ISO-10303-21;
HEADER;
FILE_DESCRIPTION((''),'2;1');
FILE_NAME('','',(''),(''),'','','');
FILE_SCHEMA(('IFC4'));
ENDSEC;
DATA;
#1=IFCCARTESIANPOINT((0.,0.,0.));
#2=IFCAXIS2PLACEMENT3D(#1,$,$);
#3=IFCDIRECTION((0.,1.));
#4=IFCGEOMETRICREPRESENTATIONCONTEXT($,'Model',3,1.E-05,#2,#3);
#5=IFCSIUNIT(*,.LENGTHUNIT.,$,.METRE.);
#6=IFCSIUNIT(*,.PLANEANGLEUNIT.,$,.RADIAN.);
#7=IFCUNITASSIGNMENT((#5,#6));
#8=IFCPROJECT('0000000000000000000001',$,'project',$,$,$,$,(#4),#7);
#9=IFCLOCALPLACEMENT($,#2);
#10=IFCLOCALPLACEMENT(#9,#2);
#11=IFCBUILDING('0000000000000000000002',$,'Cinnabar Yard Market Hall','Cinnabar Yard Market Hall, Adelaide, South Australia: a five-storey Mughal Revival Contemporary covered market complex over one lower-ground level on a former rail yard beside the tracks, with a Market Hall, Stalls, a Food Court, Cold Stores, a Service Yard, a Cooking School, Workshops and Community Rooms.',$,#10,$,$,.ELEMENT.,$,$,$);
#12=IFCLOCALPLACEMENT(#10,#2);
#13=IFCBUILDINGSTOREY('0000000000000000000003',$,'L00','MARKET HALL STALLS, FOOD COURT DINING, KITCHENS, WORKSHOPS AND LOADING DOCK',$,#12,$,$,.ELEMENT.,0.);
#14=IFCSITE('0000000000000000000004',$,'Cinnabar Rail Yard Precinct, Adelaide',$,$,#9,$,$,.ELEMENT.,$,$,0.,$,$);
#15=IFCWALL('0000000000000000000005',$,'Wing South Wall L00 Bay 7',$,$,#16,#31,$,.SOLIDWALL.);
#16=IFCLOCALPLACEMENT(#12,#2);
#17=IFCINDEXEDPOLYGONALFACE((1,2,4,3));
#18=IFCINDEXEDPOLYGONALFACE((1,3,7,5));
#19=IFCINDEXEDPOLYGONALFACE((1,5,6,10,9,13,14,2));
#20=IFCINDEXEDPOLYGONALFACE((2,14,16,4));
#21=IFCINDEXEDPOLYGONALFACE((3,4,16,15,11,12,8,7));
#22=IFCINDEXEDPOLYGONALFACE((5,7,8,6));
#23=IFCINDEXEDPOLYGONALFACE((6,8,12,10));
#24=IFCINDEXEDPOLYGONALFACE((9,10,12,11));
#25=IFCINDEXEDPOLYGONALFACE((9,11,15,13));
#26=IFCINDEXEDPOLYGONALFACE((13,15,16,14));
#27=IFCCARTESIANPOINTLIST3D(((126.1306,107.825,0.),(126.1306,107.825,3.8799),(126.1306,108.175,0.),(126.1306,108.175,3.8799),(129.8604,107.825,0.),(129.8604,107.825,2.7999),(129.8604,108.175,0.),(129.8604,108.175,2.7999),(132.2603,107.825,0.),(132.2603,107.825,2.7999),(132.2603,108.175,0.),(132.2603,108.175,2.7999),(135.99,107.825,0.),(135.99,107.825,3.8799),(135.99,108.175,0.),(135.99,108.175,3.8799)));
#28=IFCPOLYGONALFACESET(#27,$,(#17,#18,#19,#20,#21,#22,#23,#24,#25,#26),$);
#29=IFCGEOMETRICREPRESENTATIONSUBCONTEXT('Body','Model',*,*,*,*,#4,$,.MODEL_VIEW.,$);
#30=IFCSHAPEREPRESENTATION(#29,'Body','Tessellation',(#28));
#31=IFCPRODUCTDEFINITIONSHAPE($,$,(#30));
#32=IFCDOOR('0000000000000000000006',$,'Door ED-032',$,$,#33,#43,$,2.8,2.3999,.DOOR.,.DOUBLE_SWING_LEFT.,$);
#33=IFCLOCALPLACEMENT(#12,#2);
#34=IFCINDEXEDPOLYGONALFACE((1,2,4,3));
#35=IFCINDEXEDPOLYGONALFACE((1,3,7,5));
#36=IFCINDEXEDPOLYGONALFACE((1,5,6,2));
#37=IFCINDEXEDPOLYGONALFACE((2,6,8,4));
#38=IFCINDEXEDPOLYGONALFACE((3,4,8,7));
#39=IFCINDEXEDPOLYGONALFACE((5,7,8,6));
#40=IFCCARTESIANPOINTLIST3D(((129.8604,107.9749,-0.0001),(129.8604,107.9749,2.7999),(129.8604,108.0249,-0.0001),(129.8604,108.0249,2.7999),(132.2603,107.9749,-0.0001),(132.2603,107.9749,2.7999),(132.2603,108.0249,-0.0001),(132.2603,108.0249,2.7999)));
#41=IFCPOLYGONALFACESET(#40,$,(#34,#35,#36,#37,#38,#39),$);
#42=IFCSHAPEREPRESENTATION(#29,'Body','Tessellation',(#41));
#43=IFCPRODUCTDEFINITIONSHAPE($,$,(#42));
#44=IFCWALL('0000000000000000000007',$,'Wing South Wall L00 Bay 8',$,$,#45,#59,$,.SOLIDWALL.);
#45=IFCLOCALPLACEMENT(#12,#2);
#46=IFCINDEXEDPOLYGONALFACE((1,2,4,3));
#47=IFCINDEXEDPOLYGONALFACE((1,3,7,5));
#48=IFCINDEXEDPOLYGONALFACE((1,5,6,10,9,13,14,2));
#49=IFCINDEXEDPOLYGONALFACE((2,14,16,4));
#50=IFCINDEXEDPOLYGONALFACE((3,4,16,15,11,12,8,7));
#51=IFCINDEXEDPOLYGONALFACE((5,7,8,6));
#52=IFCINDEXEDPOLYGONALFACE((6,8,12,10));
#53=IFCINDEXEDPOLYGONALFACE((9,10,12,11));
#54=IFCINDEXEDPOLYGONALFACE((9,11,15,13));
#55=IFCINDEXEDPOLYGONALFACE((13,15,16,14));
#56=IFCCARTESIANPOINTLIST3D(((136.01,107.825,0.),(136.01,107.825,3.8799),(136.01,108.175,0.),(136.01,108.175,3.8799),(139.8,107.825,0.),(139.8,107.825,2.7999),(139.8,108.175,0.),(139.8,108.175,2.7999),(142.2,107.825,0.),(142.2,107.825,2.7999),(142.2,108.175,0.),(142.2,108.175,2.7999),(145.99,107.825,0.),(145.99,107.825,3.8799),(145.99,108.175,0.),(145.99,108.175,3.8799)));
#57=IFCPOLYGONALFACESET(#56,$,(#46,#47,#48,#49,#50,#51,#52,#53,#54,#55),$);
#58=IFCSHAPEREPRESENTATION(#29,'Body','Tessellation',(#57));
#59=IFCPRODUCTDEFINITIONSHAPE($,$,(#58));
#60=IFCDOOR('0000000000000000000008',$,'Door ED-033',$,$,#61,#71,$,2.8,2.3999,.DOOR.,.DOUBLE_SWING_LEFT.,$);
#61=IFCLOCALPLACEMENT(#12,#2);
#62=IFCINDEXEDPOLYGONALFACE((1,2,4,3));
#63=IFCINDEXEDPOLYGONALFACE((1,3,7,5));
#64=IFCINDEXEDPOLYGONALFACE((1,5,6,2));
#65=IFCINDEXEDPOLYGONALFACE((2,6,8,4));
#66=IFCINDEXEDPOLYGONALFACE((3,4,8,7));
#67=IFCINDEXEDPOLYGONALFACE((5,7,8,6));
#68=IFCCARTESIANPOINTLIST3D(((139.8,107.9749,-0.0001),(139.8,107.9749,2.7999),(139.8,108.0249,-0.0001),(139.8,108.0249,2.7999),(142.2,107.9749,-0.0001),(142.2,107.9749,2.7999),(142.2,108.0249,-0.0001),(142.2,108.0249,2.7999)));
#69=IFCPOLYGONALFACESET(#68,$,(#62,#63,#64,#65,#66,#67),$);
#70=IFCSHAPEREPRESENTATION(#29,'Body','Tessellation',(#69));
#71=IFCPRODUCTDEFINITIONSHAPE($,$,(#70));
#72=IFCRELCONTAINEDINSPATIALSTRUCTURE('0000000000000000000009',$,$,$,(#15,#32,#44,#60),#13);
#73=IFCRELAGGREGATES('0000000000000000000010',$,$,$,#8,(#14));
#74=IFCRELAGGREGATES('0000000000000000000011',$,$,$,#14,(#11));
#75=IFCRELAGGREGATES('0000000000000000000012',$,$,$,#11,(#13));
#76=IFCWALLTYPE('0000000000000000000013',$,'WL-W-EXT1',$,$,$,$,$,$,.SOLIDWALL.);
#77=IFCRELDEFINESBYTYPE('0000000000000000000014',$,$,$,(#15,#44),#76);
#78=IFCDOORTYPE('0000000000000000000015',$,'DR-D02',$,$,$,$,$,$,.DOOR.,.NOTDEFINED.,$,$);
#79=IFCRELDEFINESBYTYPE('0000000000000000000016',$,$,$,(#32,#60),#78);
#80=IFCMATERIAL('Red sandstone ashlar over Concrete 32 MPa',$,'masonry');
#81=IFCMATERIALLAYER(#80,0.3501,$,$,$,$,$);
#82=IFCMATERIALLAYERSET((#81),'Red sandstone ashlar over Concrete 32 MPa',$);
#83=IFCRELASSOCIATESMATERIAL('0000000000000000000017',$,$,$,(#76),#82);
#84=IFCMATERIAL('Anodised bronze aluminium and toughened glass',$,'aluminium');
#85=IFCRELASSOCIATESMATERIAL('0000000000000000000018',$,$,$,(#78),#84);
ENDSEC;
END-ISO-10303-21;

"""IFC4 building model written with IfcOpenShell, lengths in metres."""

from ifc_helpers import new_model, si_unit, direction, frame, frame_2d, origin, place, context, subcontext, project, spatial, rectangle, extrude, material, layer, layer_set, type_object, element, fill, save


model = new_model("IFC4")

# Units and contexts
model_context = context("Model", 3, precision=1e-05, world=origin(), true_north=direction((0.0, 1.0)))
body_context = subcontext(model_context, "Body", "Model", "MODEL_VIEW")
ifc_project = project(units=[si_unit("LENGTHUNIT", "METRE"), si_unit("PLANEANGLEUNIT", "RADIAN")], contexts=[model_context])

# Site, building, storey
site_placement = place(None, origin())
site = spatial("IfcSite", under=ifc_project, at=site_placement, Name="Cinnabar Rail Yard Precinct, Adelaide", CompositionType="ELEMENT", RefElevation=0.0)
building_placement = place(site_placement, origin())
building = spatial("IfcBuilding", under=site, at=building_placement, Name="Cinnabar Yard Market Hall", Description="Cinnabar Yard Market Hall, Adelaide, South Australia: a five-storey Mughal Revival Contemporary covered market complex over one lower-ground level on a former rail yard beside the tracks, with a Market Hall, Stalls, a Food Court, Cold Stores, a Service Yard, a Cooking School, Workshops and Community Rooms.", CompositionType="ELEMENT")
storey_placement = place(building_placement, origin())
storey = spatial("IfcBuildingStorey", under=building, at=storey_placement, Name="L00", Description="MARKET HALL STALLS, FOOD COURT DINING, KITCHENS, WORKSHOPS AND LOADING DOCK", CompositionType="ELEMENT", Elevation=0.0)

# Walls, openings, doors
ifc_material_1 = material(Name="Red sandstone ashlar over Concrete 32 MPa", Category="masonry")
ifc_layer = layer(ifc_material_1, 0.3501)
ifc_layer_set = layer_set([ifc_layer], Name="Red sandstone ashlar over Concrete 32 MPa")
wall_type = type_object("IfcWallType", Name="WL-W-EXT1", PredefinedType="SOLIDWALL", material=ifc_layer_set)
ifc_material_2 = material(Name="Anodised bronze aluminium and toughened glass", Category="aluminium")
door_type = type_object("IfcDoorType", Name="DR-D02", OperationType="NOTDEFINED", PredefinedType="DOOR", material=ifc_material_2)
wall_1_placement = place(storey_placement, frame((126.1306, 108.0, 0.0), z_axis=(0.0, 0.0, 1.0), x_axis=(1.0, 0.0, 0.0)))
wall_1 = element("IfcWall", 1, at=wall_1_placement, inside=storey, type_object=wall_type, Name="Wing South Wall L00 Bay 7", PredefinedType="SOLIDWALL", context=body_context, shape_type="SweptSolid", body=[
    extrude(rectangle(XDim=9.8594, YDim=0.3501, at=frame_2d((4.9297, 0.0), x_axis=(1.0, 0.0))), origin(), (0.0, 0.0, 1.0), 3.8799),
])
opening_1_placement = place(wall_1_placement, frame((3.7297, 0.0, 0.0)))
opening_1 = element("IfcOpeningElement", 2, at=opening_1_placement, cuts=wall_1, PredefinedType="OPENING", context=body_context, shape_type="SweptSolid", body=[
    extrude(rectangle(XDim=2.3999, YDim=2.8, at=frame_2d((1.2, 1.3999), x_axis=(1.0, 0.0))), frame((0.0, 0.1851, 0.0), z_axis=(0.0, -1.0, 0.0), x_axis=(1.0, 0.0, 0.0)), (0.0, 0.0, 1.0), 0.3701),
])
door_1_placement = place(opening_1_placement, origin())
door_1 = element("IfcDoor", 3, at=door_1_placement, inside=storey, type_object=door_type, Name="Door ED-032", OperationType="DOUBLE_SWING_LEFT", OverallHeight=2.8, OverallWidth=2.3999, PredefinedType="DOOR", context=body_context, shape_type="SweptSolid", body=[
    extrude(rectangle(XDim=2.3999, YDim=2.8, at=frame_2d((1.2, 1.3999), x_axis=(1.0, 0.0))), frame((0.0, 0.0249, 0.0), z_axis=(0.0, -1.0, 0.0), x_axis=(1.0, 0.0, 0.0)), (0.0, 0.0, 1.0), 0.05),
])
fill(opening_1, door_1)
wall_2_placement = place(storey_placement, frame((136.01, 108.0, 0.0), z_axis=(0.0, 0.0, 1.0), x_axis=(1.0, 0.0, 0.0)))
wall_2 = element("IfcWall", 4, at=wall_2_placement, inside=storey, type_object=wall_type, Name="Wing South Wall L00 Bay 8", PredefinedType="SOLIDWALL", context=body_context, shape_type="SweptSolid", body=[
    extrude(rectangle(XDim=9.98, YDim=0.3501, at=frame_2d((4.99, 0.0), x_axis=(1.0, 0.0))), origin(), (0.0, 0.0, 1.0), 3.8799),
])
opening_2_placement = place(wall_2_placement, frame((3.79, 0.0, 0.0)))
opening_2 = element("IfcOpeningElement", 5, at=opening_2_placement, cuts=wall_2, PredefinedType="OPENING", context=body_context, shape_type="SweptSolid", body=[
    extrude(rectangle(XDim=2.3999, YDim=2.8, at=frame_2d((1.2, 1.3999), x_axis=(1.0, 0.0))), frame((0.0, 0.1851, 0.0), z_axis=(0.0, -1.0, 0.0), x_axis=(1.0, 0.0, 0.0)), (0.0, 0.0, 1.0), 0.3701),
])
door_2_placement = place(opening_2_placement, origin())
door_2 = element("IfcDoor", 6, at=door_2_placement, inside=storey, type_object=door_type, Name="Door ED-033", OperationType="DOUBLE_SWING_LEFT", OverallHeight=2.8, OverallWidth=2.3999, PredefinedType="DOOR", context=body_context, shape_type="SweptSolid", body=[
    extrude(rectangle(XDim=2.3999, YDim=2.8, at=frame_2d((1.2, 1.3999), x_axis=(1.0, 0.0))), frame((0.0, 0.0249, 0.0), z_axis=(0.0, -1.0, 0.0), x_axis=(1.0, 0.0, 0.0)), (0.0, 0.0, 1.0), 0.05),
])
fill(opening_2, door_2)

save(model, "model.ifc")
